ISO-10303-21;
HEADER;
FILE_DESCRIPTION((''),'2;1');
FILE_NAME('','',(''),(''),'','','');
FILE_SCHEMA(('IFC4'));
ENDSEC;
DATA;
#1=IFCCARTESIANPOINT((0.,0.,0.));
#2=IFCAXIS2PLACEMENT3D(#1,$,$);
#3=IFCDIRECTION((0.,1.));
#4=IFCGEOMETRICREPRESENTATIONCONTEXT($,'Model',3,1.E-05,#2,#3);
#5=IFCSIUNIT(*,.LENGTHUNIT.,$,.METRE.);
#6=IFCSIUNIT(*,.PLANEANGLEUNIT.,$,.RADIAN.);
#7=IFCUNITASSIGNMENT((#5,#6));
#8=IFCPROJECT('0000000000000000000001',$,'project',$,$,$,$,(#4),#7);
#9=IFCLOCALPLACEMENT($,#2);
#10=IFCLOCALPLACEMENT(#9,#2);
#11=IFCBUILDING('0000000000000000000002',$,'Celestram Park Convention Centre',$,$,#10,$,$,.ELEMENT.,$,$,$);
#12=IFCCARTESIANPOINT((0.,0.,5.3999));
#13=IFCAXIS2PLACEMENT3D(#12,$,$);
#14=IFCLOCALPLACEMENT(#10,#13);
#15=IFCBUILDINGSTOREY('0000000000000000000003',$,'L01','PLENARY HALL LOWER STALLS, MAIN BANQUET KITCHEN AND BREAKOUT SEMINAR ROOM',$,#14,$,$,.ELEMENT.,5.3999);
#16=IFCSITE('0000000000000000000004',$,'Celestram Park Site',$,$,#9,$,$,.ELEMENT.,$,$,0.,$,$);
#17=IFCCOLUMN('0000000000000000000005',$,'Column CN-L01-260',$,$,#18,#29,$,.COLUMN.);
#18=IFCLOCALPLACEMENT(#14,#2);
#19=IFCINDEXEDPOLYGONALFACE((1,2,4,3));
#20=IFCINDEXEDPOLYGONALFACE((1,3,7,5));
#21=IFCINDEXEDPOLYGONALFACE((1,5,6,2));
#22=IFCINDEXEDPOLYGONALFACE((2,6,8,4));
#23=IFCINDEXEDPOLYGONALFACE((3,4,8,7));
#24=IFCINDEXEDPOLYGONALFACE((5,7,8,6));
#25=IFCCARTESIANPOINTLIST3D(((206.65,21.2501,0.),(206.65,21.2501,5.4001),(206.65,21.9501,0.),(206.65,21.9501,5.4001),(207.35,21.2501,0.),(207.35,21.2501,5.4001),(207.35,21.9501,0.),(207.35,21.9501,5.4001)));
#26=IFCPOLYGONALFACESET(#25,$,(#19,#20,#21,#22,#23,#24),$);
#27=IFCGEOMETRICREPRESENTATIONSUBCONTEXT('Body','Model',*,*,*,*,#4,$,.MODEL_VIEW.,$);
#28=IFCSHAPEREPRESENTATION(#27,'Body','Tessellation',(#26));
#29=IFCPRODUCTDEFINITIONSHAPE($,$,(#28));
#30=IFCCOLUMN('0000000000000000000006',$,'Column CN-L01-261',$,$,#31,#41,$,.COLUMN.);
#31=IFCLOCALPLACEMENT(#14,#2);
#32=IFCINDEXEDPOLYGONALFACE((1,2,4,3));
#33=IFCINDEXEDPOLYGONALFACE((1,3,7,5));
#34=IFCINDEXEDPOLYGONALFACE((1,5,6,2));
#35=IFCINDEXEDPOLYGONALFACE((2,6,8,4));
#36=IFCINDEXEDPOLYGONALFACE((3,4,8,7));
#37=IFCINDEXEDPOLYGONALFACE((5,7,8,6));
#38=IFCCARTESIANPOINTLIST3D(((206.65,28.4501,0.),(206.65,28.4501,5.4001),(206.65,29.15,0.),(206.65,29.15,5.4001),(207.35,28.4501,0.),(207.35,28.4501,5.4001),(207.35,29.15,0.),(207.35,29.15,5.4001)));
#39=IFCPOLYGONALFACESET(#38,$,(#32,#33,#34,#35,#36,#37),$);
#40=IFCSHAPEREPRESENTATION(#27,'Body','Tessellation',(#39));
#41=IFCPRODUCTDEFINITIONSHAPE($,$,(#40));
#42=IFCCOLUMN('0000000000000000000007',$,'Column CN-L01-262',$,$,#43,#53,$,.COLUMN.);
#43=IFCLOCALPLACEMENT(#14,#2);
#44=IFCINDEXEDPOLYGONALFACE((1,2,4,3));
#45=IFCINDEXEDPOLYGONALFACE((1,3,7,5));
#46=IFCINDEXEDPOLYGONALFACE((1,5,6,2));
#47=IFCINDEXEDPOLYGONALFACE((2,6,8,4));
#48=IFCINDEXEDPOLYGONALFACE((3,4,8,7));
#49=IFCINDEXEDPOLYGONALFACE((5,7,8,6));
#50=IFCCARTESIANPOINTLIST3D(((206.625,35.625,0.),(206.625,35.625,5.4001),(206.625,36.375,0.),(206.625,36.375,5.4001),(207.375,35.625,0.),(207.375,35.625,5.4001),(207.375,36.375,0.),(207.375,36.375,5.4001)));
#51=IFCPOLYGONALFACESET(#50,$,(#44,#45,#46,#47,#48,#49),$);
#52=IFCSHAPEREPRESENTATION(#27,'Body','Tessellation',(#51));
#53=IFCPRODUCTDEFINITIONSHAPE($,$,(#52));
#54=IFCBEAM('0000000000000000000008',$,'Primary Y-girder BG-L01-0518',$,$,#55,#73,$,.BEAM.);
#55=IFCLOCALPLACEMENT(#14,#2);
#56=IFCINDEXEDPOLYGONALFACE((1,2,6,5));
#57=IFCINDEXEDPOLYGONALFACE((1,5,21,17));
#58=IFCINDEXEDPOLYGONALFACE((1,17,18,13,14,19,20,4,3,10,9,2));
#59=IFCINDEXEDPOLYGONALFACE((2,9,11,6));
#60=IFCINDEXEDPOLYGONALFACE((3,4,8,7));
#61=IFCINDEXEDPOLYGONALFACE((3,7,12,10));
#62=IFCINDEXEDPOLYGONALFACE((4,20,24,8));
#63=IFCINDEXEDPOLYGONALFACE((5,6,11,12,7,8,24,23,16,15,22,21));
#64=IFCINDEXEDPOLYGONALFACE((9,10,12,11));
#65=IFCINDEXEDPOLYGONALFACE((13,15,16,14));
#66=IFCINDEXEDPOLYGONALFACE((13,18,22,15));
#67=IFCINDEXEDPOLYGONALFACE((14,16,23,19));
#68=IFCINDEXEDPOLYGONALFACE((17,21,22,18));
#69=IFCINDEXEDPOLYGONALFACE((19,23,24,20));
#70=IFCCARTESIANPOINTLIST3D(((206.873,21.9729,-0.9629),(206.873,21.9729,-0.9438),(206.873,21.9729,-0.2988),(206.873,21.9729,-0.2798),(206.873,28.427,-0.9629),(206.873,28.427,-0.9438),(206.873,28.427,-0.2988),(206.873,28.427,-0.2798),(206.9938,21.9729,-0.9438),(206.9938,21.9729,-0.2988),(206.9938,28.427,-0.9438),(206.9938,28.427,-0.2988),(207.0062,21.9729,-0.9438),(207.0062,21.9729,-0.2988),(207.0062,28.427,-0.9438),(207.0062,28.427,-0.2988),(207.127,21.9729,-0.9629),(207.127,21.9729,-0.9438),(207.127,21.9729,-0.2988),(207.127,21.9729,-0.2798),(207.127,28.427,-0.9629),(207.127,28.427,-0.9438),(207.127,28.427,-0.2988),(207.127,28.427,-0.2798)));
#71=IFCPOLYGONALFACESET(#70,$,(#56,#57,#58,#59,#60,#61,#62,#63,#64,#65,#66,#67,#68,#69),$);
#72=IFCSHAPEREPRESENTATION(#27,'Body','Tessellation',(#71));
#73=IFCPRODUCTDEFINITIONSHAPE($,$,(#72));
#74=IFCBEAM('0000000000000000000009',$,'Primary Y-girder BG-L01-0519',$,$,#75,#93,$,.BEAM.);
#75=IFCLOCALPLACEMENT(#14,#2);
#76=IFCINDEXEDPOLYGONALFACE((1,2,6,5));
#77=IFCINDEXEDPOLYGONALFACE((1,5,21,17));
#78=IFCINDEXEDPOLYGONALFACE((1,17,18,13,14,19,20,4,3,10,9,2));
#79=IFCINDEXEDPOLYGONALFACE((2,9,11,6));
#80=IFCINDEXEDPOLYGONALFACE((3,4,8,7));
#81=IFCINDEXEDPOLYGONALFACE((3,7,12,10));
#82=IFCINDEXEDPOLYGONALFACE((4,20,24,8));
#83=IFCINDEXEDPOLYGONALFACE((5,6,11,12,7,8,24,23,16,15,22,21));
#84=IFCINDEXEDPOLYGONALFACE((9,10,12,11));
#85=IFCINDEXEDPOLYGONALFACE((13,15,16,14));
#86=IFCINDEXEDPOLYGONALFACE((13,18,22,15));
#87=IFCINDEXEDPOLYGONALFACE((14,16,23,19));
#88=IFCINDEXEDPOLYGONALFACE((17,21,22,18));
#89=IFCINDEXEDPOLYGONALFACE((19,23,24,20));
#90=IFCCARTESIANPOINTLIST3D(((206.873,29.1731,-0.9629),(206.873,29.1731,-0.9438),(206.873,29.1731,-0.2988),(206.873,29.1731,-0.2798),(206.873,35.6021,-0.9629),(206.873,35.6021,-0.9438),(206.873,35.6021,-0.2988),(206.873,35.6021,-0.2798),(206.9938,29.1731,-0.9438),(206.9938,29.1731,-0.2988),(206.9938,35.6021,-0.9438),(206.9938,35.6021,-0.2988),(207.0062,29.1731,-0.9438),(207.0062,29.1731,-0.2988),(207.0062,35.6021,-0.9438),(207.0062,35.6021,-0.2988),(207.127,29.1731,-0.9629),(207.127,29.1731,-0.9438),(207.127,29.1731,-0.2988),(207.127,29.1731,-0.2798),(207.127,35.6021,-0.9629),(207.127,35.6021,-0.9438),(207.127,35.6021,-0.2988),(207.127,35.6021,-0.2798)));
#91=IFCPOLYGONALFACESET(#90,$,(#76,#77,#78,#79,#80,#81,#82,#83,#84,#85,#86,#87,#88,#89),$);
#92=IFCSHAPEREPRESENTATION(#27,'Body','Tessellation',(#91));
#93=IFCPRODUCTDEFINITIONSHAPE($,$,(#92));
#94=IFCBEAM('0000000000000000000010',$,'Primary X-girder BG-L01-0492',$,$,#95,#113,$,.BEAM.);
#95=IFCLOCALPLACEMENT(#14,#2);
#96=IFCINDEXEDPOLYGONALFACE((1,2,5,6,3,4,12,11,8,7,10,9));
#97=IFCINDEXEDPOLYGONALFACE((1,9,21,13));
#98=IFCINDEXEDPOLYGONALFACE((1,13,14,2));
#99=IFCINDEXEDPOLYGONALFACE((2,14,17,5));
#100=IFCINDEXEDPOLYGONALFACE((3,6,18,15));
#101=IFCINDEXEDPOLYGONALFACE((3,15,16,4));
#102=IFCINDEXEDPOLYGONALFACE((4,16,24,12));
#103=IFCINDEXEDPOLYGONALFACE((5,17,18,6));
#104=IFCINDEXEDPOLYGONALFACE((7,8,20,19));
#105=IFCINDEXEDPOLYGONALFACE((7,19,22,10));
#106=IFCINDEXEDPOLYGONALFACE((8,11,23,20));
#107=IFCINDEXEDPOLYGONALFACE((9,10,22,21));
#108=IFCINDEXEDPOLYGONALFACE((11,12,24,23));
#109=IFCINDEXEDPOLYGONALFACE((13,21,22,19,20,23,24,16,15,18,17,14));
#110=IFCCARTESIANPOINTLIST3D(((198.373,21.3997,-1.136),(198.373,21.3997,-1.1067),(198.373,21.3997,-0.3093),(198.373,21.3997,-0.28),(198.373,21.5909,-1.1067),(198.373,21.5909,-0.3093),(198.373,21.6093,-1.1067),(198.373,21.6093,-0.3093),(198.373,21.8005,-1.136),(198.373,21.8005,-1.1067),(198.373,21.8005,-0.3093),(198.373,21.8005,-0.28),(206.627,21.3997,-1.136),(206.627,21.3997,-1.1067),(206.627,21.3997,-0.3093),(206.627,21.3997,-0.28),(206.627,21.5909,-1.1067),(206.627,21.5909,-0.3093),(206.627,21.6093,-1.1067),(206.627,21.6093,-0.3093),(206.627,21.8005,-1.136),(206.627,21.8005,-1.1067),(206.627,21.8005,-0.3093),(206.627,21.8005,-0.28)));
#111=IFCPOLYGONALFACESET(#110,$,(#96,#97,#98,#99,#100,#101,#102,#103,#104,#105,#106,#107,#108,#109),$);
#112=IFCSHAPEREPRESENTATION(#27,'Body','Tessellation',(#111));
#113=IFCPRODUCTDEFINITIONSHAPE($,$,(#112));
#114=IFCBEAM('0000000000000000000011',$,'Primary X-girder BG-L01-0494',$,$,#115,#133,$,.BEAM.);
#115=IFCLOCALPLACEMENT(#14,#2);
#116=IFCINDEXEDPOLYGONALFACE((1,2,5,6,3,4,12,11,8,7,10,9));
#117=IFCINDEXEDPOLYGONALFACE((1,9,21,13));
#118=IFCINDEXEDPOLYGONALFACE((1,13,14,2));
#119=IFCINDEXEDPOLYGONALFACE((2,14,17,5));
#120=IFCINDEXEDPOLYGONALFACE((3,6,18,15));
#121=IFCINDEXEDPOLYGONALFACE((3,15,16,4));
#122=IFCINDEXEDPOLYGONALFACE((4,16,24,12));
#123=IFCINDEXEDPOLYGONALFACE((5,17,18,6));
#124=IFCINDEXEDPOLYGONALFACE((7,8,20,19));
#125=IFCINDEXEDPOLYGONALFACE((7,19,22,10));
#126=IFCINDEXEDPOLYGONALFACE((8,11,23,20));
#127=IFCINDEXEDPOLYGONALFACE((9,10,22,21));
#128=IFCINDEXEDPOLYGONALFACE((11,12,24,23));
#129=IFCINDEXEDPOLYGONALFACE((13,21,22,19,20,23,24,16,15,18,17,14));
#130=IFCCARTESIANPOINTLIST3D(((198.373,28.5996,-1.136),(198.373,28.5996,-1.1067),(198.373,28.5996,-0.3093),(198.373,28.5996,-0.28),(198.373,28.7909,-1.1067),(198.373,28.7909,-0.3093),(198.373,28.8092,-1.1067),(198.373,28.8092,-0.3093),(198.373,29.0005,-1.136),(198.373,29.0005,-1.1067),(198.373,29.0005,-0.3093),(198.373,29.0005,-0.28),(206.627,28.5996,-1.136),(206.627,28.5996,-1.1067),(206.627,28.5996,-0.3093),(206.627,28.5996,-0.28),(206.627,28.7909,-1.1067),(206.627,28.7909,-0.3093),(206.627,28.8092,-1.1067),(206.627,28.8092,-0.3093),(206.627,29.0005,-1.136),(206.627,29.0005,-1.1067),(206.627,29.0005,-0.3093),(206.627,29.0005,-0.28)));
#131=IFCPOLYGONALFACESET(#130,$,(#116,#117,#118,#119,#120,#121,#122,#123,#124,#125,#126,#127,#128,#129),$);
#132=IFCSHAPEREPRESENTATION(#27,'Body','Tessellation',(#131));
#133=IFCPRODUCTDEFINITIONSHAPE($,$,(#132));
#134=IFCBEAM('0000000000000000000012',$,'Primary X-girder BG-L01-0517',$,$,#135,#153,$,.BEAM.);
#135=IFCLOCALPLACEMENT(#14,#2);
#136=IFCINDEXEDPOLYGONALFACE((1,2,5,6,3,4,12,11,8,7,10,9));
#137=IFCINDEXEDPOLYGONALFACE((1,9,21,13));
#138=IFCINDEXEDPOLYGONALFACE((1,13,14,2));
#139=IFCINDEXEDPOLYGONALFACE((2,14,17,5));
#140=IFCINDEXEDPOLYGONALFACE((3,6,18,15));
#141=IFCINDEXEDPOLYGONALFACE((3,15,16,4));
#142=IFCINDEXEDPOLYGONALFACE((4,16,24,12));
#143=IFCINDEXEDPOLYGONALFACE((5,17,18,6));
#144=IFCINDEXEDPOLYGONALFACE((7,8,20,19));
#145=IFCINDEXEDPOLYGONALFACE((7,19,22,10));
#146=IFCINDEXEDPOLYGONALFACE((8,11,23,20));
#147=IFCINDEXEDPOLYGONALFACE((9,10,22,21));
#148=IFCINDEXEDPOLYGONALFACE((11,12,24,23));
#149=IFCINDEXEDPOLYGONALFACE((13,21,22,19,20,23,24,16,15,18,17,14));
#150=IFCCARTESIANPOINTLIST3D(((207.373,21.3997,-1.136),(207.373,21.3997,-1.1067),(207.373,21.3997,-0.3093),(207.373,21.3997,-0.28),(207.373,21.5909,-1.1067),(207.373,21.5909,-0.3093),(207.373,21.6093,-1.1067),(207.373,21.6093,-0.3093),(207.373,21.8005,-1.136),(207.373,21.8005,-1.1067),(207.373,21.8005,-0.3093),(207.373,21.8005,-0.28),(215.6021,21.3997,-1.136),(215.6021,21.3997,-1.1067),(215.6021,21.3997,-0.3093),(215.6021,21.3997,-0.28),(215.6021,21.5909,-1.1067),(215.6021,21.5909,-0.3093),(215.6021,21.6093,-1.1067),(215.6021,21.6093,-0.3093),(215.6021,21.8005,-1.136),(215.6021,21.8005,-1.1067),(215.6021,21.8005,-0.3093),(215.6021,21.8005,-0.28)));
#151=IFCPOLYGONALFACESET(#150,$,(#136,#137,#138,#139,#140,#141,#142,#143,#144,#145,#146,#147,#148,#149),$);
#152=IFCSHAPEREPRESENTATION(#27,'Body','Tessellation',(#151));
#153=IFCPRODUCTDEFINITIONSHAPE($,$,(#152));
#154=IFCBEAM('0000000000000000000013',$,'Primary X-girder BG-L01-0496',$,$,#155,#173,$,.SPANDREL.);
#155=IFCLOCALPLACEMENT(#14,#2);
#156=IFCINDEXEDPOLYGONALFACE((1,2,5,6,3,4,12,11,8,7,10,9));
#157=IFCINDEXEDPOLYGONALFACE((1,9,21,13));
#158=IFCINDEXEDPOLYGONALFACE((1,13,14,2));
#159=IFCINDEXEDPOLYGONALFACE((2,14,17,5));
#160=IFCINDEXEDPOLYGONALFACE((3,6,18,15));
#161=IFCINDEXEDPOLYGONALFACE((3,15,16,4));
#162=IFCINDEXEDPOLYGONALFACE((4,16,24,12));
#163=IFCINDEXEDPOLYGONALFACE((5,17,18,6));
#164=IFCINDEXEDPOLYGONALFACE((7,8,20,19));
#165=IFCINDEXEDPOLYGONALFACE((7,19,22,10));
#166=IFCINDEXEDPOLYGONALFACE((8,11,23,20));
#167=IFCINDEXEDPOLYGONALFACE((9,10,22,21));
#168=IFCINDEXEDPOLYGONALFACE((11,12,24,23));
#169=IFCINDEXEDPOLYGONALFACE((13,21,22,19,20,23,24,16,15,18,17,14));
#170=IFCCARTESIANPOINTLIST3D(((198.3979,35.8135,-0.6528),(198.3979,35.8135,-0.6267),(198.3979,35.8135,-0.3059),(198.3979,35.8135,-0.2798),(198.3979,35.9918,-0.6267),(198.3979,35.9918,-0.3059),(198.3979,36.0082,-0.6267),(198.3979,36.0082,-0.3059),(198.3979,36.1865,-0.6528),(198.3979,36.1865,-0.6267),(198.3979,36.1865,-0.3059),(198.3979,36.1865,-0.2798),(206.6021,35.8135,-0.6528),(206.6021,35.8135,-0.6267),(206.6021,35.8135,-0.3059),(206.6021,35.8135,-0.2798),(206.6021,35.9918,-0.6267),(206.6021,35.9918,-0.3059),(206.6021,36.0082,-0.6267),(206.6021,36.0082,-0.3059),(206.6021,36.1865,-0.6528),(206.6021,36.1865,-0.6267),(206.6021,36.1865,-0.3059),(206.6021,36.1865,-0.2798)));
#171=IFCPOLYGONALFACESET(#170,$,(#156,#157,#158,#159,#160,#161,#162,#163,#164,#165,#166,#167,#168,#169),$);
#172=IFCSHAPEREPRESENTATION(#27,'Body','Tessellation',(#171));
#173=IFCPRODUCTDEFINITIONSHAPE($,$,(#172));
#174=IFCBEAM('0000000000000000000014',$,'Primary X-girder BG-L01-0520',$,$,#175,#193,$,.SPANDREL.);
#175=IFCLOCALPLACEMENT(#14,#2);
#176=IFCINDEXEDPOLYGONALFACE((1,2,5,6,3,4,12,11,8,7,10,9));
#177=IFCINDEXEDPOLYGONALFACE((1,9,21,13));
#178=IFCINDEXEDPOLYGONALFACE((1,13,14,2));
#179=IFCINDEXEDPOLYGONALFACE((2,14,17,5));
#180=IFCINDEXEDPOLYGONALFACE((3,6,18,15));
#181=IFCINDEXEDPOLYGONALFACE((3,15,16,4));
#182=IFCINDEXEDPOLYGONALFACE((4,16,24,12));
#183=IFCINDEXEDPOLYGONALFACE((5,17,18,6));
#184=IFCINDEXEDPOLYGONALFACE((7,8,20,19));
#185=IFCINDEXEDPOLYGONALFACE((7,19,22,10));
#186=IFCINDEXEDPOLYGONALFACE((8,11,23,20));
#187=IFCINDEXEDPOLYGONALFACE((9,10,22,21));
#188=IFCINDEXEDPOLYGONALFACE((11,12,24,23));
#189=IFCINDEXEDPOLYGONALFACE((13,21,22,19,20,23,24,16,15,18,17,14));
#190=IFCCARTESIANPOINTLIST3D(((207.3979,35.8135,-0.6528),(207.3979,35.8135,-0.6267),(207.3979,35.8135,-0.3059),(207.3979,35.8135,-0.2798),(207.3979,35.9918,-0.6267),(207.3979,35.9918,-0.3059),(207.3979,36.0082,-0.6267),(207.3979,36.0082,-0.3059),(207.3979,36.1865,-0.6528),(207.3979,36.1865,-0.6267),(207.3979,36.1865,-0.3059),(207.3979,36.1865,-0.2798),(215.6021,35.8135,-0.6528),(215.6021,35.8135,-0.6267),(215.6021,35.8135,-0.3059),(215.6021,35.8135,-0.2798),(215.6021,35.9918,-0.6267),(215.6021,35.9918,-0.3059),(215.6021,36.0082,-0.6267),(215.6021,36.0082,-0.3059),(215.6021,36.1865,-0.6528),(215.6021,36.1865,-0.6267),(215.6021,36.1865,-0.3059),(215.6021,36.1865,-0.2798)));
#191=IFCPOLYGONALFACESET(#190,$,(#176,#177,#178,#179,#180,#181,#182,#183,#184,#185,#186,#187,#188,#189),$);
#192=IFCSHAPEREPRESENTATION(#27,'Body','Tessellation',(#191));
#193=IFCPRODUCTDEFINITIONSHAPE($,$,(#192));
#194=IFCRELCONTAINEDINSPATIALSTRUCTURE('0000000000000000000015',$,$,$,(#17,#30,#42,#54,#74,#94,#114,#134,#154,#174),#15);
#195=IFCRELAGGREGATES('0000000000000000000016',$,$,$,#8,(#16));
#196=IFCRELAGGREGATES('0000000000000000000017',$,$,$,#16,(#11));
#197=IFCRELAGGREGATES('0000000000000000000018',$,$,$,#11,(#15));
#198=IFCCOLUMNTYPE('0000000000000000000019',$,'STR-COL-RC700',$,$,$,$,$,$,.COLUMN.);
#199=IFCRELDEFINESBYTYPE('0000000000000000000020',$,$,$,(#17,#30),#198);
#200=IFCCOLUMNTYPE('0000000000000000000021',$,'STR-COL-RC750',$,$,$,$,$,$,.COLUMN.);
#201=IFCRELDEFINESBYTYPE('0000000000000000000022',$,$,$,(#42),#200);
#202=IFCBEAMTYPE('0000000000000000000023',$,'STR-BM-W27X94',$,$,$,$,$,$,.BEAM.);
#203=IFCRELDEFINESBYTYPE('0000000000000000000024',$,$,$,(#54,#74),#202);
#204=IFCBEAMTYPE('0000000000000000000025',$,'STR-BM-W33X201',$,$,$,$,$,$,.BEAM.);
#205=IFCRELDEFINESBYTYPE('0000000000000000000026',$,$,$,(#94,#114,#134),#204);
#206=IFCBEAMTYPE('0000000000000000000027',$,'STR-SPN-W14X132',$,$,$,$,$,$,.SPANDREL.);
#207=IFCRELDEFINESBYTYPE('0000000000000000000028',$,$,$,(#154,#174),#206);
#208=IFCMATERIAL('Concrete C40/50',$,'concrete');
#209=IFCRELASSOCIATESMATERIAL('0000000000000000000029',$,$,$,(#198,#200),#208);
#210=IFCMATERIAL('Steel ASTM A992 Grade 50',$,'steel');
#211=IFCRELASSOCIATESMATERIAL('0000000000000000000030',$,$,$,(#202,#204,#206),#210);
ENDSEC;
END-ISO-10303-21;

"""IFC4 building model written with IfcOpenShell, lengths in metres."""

from ifc_helpers import new_model, si_unit, direction, frame, origin, origin_2d, place, context, subcontext, project, spatial, rectangle, i_section, extrude, material, material_profile, profile_set, type_object, element, save


model = new_model("IFC4")

# Units and contexts
model_context = context("Model", 3, precision=1e-05, world=origin(), true_north=direction((0.0, 1.0)))
body_context = subcontext(model_context, "Body", "Model", "MODEL_VIEW")
ifc_project = project(units=[si_unit("LENGTHUNIT", "METRE"), si_unit("PLANEANGLEUNIT", "RADIAN")], contexts=[model_context])

# Site, building, storey
site_placement = place(None, origin())
site = spatial("IfcSite", under=ifc_project, at=site_placement, Name="Celestram Park Site", CompositionType="ELEMENT", RefElevation=0.0)
building_placement = place(site_placement, origin())
building = spatial("IfcBuilding", under=site, at=building_placement, Name="Celestram Park Convention Centre", CompositionType="ELEMENT")
storey_placement = place(building_placement, frame((0.0, 0.0, 5.3999)))
storey = spatial("IfcBuildingStorey", under=building, at=storey_placement, Name="L01", Description="PLENARY HALL LOWER STALLS, MAIN BANQUET KITCHEN AND BREAKOUT SEMINAR ROOM", CompositionType="ELEMENT", Elevation=5.3999)

# Columns
ifc_material_1 = material(Name="Concrete C40/50", Category="concrete")
ifc_material_profile_1 = material_profile(ifc_material_1, rectangle(XDim=0.7, YDim=0.7, at=origin_2d()), Name="RC700X700")
ifc_profile_set_1 = profile_set([ifc_material_profile_1], Name="Concrete C40/50")
column_type_1 = type_object("IfcColumnType", Name="STR-COL-RC700", PredefinedType="COLUMN", material=ifc_profile_set_1)
for number, where, z_axis, x_axis, name in (
    (1, (207.0, 21.6001, 0.0), (0.0, 0.0, 1.0), (1.0, 0.0, 0.0), "Column CN-L01-260"),
    (2, (207.0, 28.8, 0.0), (0.0, 0.0, 1.0), (1.0, 0.0, 0.0), "Column CN-L01-261"),
):
    element("IfcColumn", number, at=place(storey_placement, frame(where, z_axis=z_axis, x_axis=x_axis)), inside=storey, type_object=column_type_1, Name=name, PredefinedType="COLUMN", context=body_context, shape_type="SweptSolid", body=[
        extrude(rectangle(XDim=0.7, YDim=0.7, at=origin_2d()), origin(), (0.0, 0.0, 1.0), 5.4001),
    ])
ifc_material_profile_2 = material_profile(ifc_material_1, rectangle(XDim=0.75, YDim=0.75, at=origin_2d()), Name="RC750X750")
ifc_profile_set_2 = profile_set([ifc_material_profile_2], Name="Concrete C40/50")
column_type_2 = type_object("IfcColumnType", Name="STR-COL-RC750", PredefinedType="COLUMN", material=ifc_profile_set_2)
column_placement = place(storey_placement, frame((207.0, 36.0, 0.0), z_axis=(0.0, 0.0, 1.0), x_axis=(1.0, 0.0, 0.0)))
element("IfcColumn", 3, at=column_placement, inside=storey, type_object=column_type_2, Name="Column CN-L01-262", PredefinedType="COLUMN", context=body_context, shape_type="SweptSolid", body=[
    extrude(rectangle(XDim=0.75, YDim=0.75, at=origin_2d()), origin(), (0.0, 0.0, 1.0), 5.4001),
])

# Beams
ifc_material_2 = material(Name="Steel ASTM A992 Grade 50", Category="steel")
ifc_material_profile_3 = material_profile(ifc_material_2, i_section(OverallWidth=0.2539, OverallDepth=0.6831, WebThickness=0.0125, FlangeThickness=0.019, at=origin_2d()), Name="W27X94")
ifc_profile_set_3 = profile_set([ifc_material_profile_3], Name="Steel ASTM A992 Grade 50")
beam_type_1 = type_object("IfcBeamType", Name="STR-BM-W27X94", PredefinedType="BEAM", material=ifc_profile_set_3)
beam_1_placement = place(storey_placement, frame((207.0, 21.9729, -0.6213), z_axis=(0.0, 1.0, 0.0), x_axis=(-1.0, 0.0, 0.0)))
element("IfcBeam", 4, at=beam_1_placement, inside=storey, type_object=beam_type_1, Name="Primary Y-girder BG-L01-0518", PredefinedType="BEAM", context=body_context, shape_type="SweptSolid", body=[
    extrude(i_section(OverallWidth=0.2539, OverallDepth=0.6831, WebThickness=0.0125, FlangeThickness=0.019, at=origin_2d()), origin(), (0.0, 0.0, 1.0), 6.4541),
])
beam_2_placement = place(storey_placement, frame((207.0, 29.1731, -0.6213), z_axis=(0.0, 1.0, 0.0), x_axis=(-1.0, 0.0, 0.0)))
element("IfcBeam", 5, at=beam_2_placement, inside=storey, type_object=beam_type_1, Name="Primary Y-girder BG-L01-0519", PredefinedType="BEAM", context=body_context, shape_type="SweptSolid", body=[
    extrude(i_section(OverallWidth=0.2539, OverallDepth=0.6831, WebThickness=0.0125, FlangeThickness=0.019, at=origin_2d()), origin(), (0.0, 0.0, 1.0), 6.429),
])
ifc_material_profile_4 = material_profile(ifc_material_2, i_section(OverallWidth=0.4009, OverallDepth=0.856, WebThickness=0.0183, FlangeThickness=0.0293, at=origin_2d()), Name="W33X201")
ifc_profile_set_4 = profile_set([ifc_material_profile_4], Name="Steel ASTM A992 Grade 50")
beam_type_2 = type_object("IfcBeamType", Name="STR-BM-W33X201", PredefinedType="BEAM", material=ifc_profile_set_4)
for number, where, z_axis, x_axis, name in (
    (6, (198.373, 21.6001, -0.708), (1.0, 0.0, 0.0), (0.0, 1.0, 0.0), "Primary X-girder BG-L01-0492"),
    (7, (198.373, 28.8, -0.708), (1.0, 0.0, 0.0), (0.0, 1.0, 0.0), "Primary X-girder BG-L01-0494"),
):
    element("IfcBeam", number, at=place(storey_placement, frame(where, z_axis=z_axis, x_axis=x_axis)), inside=storey, type_object=beam_type_2, Name=name, PredefinedType="BEAM", context=body_context, shape_type="SweptSolid", body=[
        extrude(i_section(OverallWidth=0.4009, OverallDepth=0.856, WebThickness=0.0183, FlangeThickness=0.0293, at=origin_2d()), origin(), (0.0, 0.0, 1.0), 8.2539),
    ])
beam_3_placement = place(storey_placement, frame((207.373, 21.6001, -0.708), z_axis=(1.0, 0.0, 0.0), x_axis=(0.0, 1.0, 0.0)))
element("IfcBeam", 8, at=beam_3_placement, inside=storey, type_object=beam_type_2, Name="Primary X-girder BG-L01-0517", PredefinedType="BEAM", context=body_context, shape_type="SweptSolid", body=[
    extrude(i_section(OverallWidth=0.4009, OverallDepth=0.856, WebThickness=0.0183, FlangeThickness=0.0293, at=origin_2d()), origin(), (0.0, 0.0, 1.0), 8.229),
])
ifc_material_profile_5 = material_profile(ifc_material_2, i_section(OverallWidth=0.373, OverallDepth=0.373, WebThickness=0.0164, FlangeThickness=0.0261, at=origin_2d()), Name="W14X132")
ifc_profile_set_5 = profile_set([ifc_material_profile_5], Name="Steel ASTM A992 Grade 50")
beam_type_3 = type_object("IfcBeamType", Name="STR-SPN-W14X132", PredefinedType="SPANDREL", material=ifc_profile_set_5)
for number, where, z_axis, x_axis, name in (
    (9, (198.3979, 36.0, -0.4663), (1.0, 0.0, 0.0), (0.0, 1.0, 0.0), "Primary X-girder BG-L01-0496"),
    (10, (207.3979, 36.0, -0.4663), (1.0, 0.0, 0.0), (0.0, 1.0, 0.0), "Primary X-girder BG-L01-0520"),
):
    element("IfcBeam", number, at=place(storey_placement, frame(where, z_axis=z_axis, x_axis=x_axis)), inside=storey, type_object=beam_type_3, Name=name, PredefinedType="SPANDREL", context=body_context, shape_type="SweptSolid", body=[
        extrude(i_section(OverallWidth=0.373, OverallDepth=0.373, WebThickness=0.0164, FlangeThickness=0.0261, at=origin_2d()), origin(), (0.0, 0.0, 1.0), 8.2041),
    ])

save(model, "model.ifc")
